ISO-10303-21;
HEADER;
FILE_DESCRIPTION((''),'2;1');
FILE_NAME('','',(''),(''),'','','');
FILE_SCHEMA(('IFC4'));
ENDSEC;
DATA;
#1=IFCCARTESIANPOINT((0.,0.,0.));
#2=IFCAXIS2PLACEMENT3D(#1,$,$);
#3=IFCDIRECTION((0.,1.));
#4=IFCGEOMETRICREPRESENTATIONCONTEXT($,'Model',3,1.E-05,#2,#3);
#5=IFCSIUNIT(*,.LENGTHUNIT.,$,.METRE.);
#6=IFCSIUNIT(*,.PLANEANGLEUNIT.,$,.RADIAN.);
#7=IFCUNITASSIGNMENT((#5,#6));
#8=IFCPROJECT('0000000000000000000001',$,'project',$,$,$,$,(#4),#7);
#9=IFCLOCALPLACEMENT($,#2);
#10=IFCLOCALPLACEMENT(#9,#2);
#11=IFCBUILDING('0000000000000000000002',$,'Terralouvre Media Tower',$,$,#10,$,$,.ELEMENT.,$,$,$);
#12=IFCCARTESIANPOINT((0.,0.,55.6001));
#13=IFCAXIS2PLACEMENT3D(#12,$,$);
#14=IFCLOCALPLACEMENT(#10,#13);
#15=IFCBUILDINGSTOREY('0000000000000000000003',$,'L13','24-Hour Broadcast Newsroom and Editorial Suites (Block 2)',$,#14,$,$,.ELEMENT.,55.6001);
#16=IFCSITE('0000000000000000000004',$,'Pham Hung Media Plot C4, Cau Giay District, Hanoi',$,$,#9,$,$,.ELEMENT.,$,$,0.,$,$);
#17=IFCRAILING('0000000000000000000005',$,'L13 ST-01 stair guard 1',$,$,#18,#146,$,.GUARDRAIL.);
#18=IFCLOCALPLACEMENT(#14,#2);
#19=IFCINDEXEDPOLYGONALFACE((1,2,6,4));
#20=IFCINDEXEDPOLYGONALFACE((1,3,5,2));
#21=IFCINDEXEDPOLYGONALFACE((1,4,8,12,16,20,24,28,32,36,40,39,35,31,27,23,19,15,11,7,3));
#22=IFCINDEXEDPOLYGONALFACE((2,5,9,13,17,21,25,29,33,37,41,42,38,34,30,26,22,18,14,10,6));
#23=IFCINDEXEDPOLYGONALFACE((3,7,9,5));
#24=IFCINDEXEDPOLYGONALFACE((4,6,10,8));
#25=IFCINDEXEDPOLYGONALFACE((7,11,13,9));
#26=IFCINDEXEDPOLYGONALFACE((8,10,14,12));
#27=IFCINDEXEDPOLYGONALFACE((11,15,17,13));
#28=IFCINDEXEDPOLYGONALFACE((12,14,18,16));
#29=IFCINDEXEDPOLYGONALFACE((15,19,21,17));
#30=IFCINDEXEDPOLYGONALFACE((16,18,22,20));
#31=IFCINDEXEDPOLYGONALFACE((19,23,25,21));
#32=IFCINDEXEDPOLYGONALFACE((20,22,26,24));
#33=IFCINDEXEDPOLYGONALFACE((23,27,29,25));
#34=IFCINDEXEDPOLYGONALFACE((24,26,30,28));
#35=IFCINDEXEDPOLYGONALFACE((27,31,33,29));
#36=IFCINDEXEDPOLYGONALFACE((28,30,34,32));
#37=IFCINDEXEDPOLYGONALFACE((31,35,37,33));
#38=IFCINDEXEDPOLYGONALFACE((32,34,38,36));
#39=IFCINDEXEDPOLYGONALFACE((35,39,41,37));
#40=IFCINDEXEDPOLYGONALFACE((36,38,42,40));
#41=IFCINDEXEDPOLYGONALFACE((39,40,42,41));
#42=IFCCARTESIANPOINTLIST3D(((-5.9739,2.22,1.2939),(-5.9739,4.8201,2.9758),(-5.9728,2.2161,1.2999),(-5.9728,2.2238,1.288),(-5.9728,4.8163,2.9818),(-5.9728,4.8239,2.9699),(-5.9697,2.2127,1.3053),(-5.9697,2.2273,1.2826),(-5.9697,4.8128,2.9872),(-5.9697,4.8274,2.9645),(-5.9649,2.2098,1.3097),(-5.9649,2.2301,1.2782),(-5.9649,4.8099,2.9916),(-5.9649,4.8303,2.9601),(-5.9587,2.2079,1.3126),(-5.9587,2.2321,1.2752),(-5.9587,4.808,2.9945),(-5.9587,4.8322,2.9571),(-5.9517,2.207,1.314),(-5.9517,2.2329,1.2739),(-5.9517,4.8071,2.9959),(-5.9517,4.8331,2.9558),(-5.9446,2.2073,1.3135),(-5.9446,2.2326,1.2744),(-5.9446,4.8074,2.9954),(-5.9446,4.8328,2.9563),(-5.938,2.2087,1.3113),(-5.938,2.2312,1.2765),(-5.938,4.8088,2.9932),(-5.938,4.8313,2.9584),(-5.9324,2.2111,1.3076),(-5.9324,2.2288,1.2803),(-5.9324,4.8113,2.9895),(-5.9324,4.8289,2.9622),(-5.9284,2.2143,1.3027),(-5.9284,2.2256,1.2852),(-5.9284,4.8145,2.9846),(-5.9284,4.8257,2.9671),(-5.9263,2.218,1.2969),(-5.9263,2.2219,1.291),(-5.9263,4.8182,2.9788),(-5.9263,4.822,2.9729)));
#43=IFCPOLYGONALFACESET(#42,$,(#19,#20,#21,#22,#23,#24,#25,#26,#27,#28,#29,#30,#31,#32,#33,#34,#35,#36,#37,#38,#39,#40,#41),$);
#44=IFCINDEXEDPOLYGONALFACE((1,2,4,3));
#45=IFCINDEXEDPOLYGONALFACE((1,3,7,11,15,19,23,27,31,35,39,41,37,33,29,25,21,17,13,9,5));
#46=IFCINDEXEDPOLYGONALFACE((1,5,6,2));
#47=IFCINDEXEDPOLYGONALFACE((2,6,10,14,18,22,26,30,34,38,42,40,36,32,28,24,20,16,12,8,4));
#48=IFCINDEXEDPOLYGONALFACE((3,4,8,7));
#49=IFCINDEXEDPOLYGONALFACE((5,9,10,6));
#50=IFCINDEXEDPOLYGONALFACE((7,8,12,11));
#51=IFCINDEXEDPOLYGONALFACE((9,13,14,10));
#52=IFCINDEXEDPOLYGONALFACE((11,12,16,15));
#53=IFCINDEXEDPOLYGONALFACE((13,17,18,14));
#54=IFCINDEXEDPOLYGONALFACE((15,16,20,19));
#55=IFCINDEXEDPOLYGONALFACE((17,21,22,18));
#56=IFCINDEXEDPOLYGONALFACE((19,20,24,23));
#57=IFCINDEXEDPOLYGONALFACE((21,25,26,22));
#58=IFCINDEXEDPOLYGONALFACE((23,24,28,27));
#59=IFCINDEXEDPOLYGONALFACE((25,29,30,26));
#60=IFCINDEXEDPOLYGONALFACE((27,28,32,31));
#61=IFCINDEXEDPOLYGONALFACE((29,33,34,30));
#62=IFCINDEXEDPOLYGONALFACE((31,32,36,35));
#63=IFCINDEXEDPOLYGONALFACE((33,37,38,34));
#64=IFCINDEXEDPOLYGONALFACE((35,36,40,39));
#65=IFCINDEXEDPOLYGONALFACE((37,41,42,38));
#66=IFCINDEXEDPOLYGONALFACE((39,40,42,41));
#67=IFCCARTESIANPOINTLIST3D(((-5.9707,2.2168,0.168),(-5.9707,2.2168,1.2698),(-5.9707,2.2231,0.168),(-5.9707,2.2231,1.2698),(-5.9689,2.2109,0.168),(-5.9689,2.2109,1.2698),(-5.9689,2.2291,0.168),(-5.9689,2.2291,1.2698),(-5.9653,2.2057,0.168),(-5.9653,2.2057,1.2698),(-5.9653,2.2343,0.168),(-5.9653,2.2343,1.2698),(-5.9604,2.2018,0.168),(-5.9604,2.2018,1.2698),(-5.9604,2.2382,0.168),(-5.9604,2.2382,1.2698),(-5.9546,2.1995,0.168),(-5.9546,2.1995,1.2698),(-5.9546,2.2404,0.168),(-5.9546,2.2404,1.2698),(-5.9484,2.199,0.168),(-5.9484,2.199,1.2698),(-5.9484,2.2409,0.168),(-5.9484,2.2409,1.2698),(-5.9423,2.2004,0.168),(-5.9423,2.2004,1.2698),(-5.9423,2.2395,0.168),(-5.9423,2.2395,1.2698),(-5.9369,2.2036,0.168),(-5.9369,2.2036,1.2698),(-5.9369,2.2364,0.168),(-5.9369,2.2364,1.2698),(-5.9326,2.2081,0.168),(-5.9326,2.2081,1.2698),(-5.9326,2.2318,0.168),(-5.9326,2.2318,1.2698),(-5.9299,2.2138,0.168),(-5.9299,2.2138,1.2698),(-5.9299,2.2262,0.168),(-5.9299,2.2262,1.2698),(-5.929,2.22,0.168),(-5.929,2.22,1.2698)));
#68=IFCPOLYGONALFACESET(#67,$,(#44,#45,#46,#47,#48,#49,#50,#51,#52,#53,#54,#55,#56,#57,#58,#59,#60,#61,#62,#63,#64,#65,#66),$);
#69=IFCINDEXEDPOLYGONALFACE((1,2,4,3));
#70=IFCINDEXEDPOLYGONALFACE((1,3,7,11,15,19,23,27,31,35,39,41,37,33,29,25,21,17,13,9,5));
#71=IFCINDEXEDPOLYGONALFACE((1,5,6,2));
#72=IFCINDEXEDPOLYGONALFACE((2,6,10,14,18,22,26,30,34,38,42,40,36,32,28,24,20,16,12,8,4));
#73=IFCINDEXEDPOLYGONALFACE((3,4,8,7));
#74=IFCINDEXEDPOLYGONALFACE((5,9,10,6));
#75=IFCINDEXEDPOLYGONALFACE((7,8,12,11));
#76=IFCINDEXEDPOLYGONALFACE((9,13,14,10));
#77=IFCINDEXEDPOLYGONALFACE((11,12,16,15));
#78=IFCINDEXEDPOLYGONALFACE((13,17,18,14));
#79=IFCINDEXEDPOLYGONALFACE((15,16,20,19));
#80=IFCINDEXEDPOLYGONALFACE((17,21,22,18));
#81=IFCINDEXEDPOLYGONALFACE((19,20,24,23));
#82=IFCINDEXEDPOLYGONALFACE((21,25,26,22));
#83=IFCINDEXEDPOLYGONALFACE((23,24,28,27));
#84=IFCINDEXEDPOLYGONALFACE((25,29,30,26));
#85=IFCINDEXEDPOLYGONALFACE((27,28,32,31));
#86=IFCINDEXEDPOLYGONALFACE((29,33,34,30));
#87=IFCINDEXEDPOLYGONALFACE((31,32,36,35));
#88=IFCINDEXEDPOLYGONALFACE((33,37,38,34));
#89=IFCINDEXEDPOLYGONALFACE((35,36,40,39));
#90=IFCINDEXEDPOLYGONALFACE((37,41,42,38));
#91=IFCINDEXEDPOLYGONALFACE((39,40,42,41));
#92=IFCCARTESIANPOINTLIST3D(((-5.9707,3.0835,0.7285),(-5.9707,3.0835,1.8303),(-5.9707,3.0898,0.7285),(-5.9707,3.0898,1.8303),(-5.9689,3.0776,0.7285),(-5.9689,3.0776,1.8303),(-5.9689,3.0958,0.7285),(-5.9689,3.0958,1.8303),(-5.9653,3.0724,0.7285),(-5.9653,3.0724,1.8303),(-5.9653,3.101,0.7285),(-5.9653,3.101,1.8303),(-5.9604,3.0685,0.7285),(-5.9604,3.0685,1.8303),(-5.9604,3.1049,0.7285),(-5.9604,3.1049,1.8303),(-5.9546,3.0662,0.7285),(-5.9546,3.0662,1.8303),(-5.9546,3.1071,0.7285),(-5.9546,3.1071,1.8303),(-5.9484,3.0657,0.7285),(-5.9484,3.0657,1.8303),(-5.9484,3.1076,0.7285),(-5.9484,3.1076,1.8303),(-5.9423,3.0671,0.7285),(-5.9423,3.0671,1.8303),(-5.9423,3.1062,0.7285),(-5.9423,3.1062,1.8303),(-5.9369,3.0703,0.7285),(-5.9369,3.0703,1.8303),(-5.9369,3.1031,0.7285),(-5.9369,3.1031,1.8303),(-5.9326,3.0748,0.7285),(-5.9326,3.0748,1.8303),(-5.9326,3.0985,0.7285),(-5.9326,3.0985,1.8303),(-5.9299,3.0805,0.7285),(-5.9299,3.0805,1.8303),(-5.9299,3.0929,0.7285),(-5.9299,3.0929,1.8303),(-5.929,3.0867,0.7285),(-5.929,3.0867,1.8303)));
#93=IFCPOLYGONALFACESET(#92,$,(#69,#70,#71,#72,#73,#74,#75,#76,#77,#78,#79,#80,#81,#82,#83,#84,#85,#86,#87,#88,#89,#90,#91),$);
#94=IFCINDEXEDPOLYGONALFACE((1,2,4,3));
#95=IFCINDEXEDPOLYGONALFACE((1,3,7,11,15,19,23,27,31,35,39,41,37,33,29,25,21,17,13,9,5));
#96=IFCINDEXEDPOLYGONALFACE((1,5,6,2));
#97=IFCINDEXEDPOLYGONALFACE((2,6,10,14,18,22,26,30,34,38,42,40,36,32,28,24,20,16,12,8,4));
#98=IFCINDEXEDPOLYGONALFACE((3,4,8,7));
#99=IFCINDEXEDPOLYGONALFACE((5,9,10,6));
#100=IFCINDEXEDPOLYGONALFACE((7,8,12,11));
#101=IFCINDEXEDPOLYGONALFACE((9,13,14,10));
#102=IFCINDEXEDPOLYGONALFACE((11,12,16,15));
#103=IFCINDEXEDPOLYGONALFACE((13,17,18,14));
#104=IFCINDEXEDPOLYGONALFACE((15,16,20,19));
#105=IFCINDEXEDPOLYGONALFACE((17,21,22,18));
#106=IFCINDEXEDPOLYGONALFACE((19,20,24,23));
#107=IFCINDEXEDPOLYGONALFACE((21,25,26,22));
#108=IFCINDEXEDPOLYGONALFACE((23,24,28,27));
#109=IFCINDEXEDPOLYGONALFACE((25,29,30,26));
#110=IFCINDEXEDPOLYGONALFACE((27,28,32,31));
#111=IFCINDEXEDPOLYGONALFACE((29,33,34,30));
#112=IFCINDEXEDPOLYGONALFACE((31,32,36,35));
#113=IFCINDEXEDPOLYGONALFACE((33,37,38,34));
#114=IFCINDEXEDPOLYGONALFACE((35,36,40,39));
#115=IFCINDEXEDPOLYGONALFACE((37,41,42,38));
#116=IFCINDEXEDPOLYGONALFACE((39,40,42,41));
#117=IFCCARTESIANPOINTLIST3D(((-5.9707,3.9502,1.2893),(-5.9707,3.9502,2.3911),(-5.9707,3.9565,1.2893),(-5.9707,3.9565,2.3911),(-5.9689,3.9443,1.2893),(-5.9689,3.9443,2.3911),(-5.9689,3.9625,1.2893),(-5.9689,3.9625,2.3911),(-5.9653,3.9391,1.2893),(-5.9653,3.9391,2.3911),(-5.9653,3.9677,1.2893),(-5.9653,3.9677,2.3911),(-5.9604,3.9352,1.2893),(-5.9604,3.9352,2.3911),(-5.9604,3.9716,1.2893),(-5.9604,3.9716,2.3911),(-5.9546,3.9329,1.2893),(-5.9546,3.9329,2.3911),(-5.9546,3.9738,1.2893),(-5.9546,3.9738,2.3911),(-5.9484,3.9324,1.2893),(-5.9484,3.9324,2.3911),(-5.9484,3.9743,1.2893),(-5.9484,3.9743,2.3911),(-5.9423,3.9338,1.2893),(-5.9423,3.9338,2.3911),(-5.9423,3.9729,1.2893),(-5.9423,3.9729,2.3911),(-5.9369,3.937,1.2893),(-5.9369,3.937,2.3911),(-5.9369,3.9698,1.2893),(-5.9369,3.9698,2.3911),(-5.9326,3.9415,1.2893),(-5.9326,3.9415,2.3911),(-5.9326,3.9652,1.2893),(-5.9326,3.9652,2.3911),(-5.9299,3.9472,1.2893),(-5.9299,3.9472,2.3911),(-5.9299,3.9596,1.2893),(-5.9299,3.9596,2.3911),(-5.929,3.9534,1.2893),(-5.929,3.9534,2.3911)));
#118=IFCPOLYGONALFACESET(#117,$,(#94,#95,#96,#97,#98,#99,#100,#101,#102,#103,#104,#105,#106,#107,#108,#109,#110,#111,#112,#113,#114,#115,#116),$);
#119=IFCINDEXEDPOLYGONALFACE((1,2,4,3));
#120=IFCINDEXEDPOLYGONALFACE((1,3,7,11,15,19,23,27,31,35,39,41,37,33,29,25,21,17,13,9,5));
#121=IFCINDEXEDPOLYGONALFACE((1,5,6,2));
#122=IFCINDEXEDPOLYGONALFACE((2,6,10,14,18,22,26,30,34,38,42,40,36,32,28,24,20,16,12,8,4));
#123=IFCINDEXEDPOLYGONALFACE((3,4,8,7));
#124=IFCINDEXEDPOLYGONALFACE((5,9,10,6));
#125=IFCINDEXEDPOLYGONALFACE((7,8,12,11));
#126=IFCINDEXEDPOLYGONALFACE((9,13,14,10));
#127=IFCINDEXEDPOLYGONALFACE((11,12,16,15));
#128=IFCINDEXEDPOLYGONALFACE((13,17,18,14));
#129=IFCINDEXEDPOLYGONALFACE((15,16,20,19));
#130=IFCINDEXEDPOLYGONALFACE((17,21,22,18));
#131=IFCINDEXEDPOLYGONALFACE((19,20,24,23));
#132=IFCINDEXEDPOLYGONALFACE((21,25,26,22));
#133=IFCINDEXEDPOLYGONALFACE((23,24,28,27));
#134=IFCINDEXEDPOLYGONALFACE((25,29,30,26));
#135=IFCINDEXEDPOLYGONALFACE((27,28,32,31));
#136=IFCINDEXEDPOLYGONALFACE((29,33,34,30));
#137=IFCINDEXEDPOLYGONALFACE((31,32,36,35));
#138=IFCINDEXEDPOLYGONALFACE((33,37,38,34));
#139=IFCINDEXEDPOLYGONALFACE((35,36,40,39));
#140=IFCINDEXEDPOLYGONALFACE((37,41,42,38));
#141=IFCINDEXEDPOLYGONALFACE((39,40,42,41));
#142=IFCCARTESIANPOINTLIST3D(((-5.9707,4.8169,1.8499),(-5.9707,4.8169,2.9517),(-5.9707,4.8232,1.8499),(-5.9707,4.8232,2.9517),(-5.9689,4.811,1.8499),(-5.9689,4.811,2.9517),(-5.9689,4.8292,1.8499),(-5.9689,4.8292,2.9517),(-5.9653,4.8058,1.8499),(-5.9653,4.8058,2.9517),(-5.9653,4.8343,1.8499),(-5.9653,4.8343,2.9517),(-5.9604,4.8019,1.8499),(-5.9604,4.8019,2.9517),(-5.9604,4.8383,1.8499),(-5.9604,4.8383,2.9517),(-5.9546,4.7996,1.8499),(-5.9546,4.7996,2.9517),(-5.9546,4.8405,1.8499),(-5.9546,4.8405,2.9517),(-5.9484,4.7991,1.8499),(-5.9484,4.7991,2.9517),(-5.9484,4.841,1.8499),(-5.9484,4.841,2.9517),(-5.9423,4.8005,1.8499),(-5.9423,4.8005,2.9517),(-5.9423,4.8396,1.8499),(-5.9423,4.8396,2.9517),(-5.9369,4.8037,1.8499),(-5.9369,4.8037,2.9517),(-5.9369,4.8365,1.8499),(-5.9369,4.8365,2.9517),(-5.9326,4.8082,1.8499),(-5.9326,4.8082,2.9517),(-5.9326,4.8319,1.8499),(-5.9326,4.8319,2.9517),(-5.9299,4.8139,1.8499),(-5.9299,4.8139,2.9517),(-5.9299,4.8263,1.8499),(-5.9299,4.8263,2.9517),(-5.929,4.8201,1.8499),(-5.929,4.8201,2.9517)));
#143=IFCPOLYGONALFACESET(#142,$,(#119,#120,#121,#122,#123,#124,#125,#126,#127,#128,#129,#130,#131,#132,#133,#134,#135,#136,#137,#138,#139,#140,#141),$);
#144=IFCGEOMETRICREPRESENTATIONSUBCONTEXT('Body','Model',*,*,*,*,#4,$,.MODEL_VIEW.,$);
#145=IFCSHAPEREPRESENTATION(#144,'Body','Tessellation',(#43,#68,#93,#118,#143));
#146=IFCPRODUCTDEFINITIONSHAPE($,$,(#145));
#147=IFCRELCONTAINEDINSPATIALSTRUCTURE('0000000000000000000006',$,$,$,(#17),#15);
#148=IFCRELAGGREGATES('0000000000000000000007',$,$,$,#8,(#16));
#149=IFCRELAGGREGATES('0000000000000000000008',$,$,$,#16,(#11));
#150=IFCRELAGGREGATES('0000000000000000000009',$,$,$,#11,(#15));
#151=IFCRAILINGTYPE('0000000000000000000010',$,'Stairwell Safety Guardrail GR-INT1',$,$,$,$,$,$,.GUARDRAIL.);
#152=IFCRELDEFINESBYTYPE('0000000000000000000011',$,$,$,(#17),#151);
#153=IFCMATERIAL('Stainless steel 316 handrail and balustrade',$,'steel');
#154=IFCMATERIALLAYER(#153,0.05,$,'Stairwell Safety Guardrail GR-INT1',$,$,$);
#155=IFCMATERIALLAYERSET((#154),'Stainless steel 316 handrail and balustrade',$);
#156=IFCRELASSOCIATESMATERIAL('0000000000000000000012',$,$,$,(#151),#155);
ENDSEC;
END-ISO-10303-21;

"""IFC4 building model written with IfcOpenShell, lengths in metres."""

from ifc_helpers import new_model, si_unit, direction, frame, origin, origin_2d, place, context, subcontext, project, spatial, circle, extrude, material, layer, layer_set, type_object, element, save


model = new_model("IFC4")

# Units and contexts
model_context = context("Model", 3, precision=1e-05, world=origin(), true_north=direction((0.0, 1.0)))
body_context = subcontext(model_context, "Body", "Model", "MODEL_VIEW")
ifc_project = project(units=[si_unit("LENGTHUNIT", "METRE"), si_unit("PLANEANGLEUNIT", "RADIAN")], contexts=[model_context])

# Site, building, storey
site_placement = place(None, origin())
site = spatial("IfcSite", under=ifc_project, at=site_placement, Name="Pham Hung Media Plot C4, Cau Giay District, Hanoi", CompositionType="ELEMENT", RefElevation=0.0)
building_placement = place(site_placement, origin())
building = spatial("IfcBuilding", under=site, at=building_placement, Name="Terralouvre Media Tower", CompositionType="ELEMENT")
storey_placement = place(building_placement, frame((0.0, 0.0, 55.6001)))
storey = spatial("IfcBuildingStorey", under=building, at=storey_placement, Name="L13", Description="24-Hour Broadcast Newsroom and Editorial Suites (Block 2)", CompositionType="ELEMENT", Elevation=55.6001)

# Railing
ifc_material_1 = material(Name="Stainless steel 316 handrail and balustrade", Category="steel")
ifc_layer_1 = layer(ifc_material_1, 0.05, Name="Stairwell Safety Guardrail GR-INT1")
ifc_layer_set_1 = layer_set([ifc_layer_1], Name="Stainless steel 316 handrail and balustrade")
railing_type_1 = type_object("IfcRailingType", Name="Stairwell Safety Guardrail GR-INT1", PredefinedType="GUARDRAIL", material=ifc_layer_set_1)
railing_1_placement = place(storey_placement, frame((-5.95, 2.22, 0.168)))
element("IfcRailing", 1, at=railing_1_placement, inside=storey, type_object=railing_type_1, Name="L13 ST-01 stair guard 1", PredefinedType="GUARDRAIL", context=body_context, shape_type="SweptSolid", body=[
    extrude(circle(Radius=0.0239, at=origin_2d()), frame((0.0, 0.0, 1.126), z_axis=(0.0, 0.839648, 0.54313), x_axis=(-1.0, 0.0, 0.0)), (0.0, 0.0, 1.0), 3.0967),
    extrude(circle(Radius=0.021, at=origin_2d()), origin(), (0.0, 0.0, 1.0), 1.1018),
    extrude(circle(Radius=0.021, at=origin_2d()), frame((0.0, 0.8667, 0.5605)), (0.0, 0.0, 1.0), 1.1018),
    extrude(circle(Radius=0.021, at=origin_2d()), frame((0.0, 1.7334, 1.1213)), (0.0, 0.0, 1.0), 1.1018),
    extrude(circle(Radius=0.021, at=origin_2d()), frame((0.0, 2.6001, 1.6819)), (0.0, 0.0, 1.0), 1.1018),
])

save(model, "model.ifc")
